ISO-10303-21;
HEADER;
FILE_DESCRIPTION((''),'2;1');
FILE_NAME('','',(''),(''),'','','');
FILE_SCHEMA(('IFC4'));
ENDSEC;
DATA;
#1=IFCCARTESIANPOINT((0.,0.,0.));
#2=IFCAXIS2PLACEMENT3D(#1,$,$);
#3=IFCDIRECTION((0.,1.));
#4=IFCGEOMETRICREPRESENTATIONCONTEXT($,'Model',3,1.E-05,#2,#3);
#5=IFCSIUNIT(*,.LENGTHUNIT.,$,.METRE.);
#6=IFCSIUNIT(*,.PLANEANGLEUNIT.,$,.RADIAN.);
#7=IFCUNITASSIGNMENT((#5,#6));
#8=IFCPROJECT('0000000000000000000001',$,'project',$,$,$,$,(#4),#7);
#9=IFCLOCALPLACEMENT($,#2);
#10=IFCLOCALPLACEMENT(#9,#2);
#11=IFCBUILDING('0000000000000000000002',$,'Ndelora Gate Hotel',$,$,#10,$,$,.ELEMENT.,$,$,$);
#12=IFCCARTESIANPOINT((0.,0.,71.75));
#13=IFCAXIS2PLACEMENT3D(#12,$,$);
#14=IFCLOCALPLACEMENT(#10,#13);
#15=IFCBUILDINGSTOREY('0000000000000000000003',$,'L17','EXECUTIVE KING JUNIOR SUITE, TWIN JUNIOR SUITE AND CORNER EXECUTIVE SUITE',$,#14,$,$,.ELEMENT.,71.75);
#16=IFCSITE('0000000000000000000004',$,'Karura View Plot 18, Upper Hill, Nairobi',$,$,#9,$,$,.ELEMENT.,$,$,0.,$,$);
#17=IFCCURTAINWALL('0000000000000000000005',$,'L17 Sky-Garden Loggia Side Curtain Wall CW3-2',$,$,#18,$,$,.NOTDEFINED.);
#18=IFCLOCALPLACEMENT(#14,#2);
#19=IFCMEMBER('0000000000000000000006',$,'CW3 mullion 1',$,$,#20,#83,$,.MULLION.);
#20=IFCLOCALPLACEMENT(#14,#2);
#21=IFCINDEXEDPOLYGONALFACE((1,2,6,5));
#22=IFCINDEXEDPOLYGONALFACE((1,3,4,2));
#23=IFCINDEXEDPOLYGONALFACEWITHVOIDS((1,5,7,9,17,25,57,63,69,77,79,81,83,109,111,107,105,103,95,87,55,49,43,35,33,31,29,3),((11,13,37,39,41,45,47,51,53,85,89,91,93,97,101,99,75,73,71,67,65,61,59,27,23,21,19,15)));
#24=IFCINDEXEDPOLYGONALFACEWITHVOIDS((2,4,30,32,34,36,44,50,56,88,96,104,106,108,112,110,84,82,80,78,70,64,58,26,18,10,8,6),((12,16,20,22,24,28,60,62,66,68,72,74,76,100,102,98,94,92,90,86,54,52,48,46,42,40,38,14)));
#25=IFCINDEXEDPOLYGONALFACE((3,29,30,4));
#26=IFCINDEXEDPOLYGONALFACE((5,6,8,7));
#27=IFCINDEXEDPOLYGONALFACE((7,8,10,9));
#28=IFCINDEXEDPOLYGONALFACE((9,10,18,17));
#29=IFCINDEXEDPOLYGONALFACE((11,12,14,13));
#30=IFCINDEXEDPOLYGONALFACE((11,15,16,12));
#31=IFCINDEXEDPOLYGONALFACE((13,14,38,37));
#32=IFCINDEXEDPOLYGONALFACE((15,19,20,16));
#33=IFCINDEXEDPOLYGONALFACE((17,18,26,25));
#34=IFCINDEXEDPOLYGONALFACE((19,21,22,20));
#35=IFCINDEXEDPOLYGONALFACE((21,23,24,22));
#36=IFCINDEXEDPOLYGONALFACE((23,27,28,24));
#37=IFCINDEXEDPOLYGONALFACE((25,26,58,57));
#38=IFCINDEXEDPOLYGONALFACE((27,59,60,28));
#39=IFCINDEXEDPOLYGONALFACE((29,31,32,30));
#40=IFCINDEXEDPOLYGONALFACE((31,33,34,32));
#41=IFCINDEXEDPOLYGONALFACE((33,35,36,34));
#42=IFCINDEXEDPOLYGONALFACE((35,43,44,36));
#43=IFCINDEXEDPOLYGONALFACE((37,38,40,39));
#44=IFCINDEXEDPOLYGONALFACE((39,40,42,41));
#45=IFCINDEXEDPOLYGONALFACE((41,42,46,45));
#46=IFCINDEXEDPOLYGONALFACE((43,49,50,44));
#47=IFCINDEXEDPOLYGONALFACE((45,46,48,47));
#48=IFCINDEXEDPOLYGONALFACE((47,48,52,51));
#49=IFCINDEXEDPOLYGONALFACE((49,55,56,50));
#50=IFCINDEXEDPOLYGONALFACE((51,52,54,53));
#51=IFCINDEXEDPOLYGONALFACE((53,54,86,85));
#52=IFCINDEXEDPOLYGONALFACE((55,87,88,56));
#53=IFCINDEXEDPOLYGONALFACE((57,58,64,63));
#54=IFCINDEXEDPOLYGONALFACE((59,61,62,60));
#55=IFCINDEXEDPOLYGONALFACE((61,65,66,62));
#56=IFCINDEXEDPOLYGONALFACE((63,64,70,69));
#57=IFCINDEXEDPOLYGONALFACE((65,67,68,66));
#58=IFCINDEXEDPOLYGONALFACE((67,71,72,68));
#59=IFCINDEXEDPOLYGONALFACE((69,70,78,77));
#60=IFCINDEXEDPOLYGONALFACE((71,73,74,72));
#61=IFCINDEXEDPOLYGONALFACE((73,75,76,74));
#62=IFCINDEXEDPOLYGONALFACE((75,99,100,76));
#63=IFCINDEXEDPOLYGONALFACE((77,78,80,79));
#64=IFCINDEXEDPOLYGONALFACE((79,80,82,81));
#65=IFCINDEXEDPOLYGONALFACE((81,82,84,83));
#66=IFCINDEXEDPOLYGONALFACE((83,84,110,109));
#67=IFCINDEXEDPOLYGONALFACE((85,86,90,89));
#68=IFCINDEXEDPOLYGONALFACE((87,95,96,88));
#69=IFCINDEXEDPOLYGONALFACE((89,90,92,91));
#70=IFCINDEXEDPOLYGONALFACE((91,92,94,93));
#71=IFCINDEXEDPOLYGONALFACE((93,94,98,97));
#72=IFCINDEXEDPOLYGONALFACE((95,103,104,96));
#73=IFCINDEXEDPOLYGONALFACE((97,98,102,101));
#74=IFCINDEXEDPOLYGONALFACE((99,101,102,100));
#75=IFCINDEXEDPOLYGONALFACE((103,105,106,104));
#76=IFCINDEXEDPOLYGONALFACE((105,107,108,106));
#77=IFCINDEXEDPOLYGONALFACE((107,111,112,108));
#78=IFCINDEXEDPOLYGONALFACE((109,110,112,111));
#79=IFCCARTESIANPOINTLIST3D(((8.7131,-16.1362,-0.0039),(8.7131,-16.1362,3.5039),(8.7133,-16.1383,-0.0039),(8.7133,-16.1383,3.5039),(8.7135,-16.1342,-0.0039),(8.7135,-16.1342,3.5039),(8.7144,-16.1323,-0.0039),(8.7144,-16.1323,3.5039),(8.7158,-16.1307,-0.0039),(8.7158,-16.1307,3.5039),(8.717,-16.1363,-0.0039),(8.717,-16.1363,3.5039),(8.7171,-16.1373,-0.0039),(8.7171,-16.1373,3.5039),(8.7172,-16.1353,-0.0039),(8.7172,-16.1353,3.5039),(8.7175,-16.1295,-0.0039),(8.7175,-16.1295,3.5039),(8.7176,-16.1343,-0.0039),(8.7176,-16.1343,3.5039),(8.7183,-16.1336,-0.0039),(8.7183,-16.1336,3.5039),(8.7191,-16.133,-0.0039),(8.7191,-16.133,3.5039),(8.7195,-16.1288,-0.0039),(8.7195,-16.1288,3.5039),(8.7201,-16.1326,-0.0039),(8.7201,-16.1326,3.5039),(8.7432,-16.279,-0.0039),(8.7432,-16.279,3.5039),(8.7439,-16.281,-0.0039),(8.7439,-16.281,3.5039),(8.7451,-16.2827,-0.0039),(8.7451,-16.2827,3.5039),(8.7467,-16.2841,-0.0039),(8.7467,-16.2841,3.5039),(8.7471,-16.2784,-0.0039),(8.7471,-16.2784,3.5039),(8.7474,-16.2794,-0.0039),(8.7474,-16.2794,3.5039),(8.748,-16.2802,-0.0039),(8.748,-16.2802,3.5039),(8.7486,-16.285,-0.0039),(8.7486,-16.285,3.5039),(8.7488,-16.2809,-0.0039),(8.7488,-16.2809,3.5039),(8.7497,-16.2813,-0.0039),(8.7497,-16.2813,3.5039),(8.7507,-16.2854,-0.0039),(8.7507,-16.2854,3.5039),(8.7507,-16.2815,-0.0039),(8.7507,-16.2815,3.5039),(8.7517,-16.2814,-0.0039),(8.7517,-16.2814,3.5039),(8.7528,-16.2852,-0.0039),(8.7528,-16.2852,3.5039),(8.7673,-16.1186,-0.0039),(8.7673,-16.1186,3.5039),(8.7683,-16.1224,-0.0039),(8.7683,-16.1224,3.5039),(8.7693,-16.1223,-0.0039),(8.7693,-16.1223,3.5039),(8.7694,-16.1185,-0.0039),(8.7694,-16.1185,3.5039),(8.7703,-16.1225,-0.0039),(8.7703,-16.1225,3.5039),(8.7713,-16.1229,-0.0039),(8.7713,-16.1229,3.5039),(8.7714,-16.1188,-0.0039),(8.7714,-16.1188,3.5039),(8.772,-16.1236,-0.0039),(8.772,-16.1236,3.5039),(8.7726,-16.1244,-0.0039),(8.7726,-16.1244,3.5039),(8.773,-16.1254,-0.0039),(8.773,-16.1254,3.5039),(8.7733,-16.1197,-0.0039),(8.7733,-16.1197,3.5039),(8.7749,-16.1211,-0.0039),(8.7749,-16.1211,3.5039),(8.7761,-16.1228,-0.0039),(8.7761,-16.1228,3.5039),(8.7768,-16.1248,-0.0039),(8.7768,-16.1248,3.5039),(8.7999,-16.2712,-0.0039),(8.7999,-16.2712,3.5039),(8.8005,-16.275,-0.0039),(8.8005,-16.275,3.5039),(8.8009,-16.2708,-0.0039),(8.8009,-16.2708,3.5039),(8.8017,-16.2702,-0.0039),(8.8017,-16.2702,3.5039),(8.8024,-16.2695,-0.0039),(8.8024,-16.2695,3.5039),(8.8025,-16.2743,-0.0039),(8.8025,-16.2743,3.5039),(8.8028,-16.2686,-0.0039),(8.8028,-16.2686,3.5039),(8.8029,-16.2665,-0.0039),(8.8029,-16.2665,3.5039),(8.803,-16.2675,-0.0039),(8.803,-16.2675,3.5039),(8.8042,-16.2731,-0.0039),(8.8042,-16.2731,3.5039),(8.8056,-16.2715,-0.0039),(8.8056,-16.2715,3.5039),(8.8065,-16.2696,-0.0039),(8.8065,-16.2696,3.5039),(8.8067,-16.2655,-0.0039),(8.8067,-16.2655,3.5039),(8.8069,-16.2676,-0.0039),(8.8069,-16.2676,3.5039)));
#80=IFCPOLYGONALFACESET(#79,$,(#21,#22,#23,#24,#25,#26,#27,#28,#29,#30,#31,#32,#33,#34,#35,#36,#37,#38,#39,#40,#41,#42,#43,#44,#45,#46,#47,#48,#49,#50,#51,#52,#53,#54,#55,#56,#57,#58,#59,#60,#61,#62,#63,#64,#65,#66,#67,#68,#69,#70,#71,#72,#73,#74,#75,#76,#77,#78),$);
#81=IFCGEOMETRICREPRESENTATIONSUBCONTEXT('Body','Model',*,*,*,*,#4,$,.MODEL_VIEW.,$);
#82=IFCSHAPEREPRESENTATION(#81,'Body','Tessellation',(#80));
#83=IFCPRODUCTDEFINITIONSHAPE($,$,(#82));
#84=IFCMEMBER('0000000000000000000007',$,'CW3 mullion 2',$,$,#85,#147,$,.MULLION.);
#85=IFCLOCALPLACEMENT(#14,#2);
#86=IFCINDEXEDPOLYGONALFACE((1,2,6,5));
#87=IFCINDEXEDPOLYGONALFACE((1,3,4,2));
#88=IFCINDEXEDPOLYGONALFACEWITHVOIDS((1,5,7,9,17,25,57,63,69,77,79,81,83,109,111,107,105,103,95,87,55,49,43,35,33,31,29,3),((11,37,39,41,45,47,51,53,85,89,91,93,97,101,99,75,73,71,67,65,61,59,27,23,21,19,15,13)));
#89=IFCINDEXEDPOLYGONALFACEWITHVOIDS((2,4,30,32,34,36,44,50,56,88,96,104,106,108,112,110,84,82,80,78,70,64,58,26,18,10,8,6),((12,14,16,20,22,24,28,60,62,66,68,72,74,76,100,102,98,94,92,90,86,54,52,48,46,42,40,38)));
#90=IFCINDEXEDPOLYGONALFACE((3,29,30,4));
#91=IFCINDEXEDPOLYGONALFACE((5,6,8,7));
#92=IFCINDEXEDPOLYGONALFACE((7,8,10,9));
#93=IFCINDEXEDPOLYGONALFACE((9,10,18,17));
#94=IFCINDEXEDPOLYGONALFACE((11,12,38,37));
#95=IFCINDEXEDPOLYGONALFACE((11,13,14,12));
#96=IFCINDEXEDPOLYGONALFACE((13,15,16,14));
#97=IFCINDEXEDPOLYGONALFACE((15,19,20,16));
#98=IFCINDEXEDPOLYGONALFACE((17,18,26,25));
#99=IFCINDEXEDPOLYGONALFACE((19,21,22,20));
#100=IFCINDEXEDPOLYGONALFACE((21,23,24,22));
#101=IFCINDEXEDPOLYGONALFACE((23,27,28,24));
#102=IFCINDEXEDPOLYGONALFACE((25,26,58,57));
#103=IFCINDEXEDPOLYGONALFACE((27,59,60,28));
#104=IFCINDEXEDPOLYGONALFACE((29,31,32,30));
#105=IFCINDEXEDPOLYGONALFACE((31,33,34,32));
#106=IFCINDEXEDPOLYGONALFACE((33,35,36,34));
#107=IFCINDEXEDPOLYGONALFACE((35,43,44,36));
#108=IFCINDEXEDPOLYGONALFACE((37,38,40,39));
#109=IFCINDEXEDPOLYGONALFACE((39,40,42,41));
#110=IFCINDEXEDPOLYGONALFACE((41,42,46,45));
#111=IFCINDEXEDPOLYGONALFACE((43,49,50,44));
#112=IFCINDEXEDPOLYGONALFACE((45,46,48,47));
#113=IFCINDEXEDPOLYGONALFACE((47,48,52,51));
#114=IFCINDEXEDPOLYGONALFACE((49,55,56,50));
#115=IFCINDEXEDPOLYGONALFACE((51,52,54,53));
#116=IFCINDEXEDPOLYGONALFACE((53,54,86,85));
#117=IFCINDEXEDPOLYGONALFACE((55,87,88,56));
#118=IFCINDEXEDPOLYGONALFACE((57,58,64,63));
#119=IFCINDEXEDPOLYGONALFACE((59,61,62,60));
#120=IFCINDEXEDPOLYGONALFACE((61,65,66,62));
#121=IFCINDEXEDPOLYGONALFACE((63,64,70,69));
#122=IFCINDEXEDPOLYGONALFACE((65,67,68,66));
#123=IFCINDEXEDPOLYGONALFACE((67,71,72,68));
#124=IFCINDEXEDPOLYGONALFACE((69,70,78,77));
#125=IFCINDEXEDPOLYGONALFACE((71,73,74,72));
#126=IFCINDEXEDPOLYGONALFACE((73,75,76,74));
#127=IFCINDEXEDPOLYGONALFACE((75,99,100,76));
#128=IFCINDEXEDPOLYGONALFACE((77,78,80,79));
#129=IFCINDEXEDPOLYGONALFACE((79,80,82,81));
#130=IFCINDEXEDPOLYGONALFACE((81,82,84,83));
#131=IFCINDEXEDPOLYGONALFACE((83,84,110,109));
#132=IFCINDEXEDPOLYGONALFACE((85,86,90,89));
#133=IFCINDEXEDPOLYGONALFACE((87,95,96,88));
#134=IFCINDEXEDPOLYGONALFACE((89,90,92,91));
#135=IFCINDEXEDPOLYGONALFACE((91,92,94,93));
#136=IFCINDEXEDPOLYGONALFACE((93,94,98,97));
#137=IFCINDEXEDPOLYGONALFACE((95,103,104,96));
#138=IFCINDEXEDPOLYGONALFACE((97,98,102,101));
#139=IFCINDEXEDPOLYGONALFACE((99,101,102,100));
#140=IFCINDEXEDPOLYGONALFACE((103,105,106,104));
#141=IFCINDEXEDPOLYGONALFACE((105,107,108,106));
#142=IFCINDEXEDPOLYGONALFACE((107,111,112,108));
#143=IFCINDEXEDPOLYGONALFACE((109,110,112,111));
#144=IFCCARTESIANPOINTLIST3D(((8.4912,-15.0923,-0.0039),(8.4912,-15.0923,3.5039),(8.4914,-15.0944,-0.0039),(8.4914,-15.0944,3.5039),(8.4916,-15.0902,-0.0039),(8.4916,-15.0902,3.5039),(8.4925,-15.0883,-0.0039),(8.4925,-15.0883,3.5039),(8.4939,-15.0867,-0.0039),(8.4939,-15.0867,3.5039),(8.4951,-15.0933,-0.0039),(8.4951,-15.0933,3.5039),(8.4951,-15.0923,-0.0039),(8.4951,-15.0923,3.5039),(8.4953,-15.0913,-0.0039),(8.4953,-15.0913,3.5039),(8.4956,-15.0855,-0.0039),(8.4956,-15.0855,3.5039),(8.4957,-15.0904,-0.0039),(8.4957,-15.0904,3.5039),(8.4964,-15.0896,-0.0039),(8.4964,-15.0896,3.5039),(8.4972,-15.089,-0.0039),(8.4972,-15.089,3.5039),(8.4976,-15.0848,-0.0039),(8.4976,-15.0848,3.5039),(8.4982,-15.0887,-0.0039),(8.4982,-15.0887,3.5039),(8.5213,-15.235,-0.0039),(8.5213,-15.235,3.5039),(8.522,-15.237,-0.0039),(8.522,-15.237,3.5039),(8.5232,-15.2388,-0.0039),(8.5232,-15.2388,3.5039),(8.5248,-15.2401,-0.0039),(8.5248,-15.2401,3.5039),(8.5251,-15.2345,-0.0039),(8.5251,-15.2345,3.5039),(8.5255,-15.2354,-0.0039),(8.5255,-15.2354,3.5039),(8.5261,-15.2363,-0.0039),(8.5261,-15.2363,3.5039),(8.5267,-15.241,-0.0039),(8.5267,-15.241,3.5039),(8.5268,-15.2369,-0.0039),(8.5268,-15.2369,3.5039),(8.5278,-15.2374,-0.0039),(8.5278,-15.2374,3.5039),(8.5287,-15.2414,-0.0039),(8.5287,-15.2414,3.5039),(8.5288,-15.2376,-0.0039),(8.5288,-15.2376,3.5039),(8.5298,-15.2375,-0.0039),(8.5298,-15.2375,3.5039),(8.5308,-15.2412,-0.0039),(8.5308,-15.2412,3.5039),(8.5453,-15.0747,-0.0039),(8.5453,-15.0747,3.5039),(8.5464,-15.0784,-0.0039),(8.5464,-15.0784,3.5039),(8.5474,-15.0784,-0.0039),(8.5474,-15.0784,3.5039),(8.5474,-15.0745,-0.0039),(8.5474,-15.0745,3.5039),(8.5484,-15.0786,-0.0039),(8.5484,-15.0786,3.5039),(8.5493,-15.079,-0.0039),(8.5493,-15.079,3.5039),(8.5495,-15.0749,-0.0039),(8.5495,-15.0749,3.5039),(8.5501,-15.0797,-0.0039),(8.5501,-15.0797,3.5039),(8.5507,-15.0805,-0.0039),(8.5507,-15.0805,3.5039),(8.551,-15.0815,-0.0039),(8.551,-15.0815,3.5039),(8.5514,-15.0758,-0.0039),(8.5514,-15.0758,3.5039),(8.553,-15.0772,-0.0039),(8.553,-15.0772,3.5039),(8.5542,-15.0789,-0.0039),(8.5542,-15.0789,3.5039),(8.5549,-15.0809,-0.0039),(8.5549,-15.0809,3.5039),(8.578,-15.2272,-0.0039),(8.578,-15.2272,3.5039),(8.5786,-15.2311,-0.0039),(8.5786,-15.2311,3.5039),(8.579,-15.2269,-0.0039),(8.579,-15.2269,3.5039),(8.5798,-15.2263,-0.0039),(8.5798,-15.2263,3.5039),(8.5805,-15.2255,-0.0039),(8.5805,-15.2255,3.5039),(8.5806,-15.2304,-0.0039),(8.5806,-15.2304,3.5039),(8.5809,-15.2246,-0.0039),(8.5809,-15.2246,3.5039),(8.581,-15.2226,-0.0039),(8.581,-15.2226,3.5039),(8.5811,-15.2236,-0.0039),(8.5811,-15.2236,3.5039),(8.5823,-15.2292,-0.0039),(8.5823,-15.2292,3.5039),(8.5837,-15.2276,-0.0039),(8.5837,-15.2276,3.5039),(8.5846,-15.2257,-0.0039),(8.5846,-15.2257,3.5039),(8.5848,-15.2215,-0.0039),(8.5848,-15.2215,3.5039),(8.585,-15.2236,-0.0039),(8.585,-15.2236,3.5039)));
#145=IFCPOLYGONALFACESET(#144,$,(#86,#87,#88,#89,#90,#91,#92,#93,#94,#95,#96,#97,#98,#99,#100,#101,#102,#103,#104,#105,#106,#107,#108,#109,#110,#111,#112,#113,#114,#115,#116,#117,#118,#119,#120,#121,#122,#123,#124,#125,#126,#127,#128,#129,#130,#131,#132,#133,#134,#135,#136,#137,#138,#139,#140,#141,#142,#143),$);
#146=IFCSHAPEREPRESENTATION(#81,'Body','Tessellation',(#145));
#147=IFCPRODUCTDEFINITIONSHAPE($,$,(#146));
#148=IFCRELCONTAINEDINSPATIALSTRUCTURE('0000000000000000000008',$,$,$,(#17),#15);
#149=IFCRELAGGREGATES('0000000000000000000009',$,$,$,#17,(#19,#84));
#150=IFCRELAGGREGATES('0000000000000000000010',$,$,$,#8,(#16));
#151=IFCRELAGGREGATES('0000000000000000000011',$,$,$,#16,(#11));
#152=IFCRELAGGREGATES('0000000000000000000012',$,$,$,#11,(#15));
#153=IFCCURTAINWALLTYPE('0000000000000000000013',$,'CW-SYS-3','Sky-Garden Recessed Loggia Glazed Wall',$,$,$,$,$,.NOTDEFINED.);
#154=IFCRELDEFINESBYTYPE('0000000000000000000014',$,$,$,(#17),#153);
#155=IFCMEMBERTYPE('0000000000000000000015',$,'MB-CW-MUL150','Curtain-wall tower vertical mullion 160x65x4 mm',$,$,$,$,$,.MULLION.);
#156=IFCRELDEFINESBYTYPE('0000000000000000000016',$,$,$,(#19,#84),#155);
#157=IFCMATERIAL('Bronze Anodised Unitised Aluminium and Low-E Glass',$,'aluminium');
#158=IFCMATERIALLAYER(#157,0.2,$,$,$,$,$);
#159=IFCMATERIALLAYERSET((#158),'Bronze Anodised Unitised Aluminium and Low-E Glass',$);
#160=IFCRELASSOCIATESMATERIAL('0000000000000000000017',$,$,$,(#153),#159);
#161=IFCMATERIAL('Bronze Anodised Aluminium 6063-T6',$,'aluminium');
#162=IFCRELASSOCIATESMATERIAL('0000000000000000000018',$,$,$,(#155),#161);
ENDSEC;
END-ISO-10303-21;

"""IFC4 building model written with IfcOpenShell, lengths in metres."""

from ifc_helpers import new_model, si_unit, direction, frame, origin, origin_2d, place, context, subcontext, project, spatial, hollow_rectangle, extrude, material, layer, layer_set, material_profile, profile_set, type_object, element, aggregate, save


model = new_model("IFC4")

# Units and contexts
model_context = context("Model", 3, precision=1e-05, world=origin(), true_north=direction((0.0, 1.0)))
body_context = subcontext(model_context, "Body", "Model", "MODEL_VIEW")
ifc_project = project(units=[si_unit("LENGTHUNIT", "METRE"), si_unit("PLANEANGLEUNIT", "RADIAN")], contexts=[model_context])

# Site, building, storey
site_placement = place(None, origin())
site = spatial("IfcSite", under=ifc_project, at=site_placement, Name="Karura View Plot 18, Upper Hill, Nairobi", CompositionType="ELEMENT", RefElevation=0.0)
building_placement = place(site_placement, origin())
building = spatial("IfcBuilding", under=site, at=building_placement, Name="Ndelora Gate Hotel", CompositionType="ELEMENT")
storey_placement = place(building_placement, frame((0.0, 0.0, 71.75)))
storey = spatial("IfcBuildingStorey", under=building, at=storey_placement, Name="L17", Description="EXECUTIVE KING JUNIOR SUITE, TWIN JUNIOR SUITE AND CORNER EXECUTIVE SUITE", CompositionType="ELEMENT", Elevation=71.75)

# Curtain wall, members
ifc_material_1 = material(Name="Bronze Anodised Unitised Aluminium and Low-E Glass", Category="aluminium")
ifc_layer_1 = layer(ifc_material_1, 0.2)
ifc_layer_set_1 = layer_set([ifc_layer_1], Name="Bronze Anodised Unitised Aluminium and Low-E Glass")
curtain_wall_type = type_object("IfcCurtainWallType", Name="CW-SYS-3", Description="Sky-Garden Recessed Loggia Glazed Wall", PredefinedType="NOTDEFINED", material=ifc_layer_set_1)
curtain_wall_placement = place(storey_placement, origin())
curtain_wall = element("IfcCurtainWall", 1, at=curtain_wall_placement, inside=storey, type_object=curtain_wall_type, Name="L17 Sky-Garden Loggia Side Curtain Wall CW3-2", PredefinedType="NOTDEFINED")
ifc_material_2 = material(Name="Bronze Anodised Aluminium 6063-T6", Category="aluminium")
ifc_material_profile_1 = material_profile(ifc_material_2, hollow_rectangle(XDim=0.0649, YDim=0.1599, WallThickness=0.0039, InnerFilletRadius=0.0039, OuterFilletRadius=0.0081, at=origin_2d()), Name="ALU 160x65x4")
ifc_profile_set_1 = profile_set([ifc_material_profile_1], Name="Bronze Anodised Aluminium 6063-T6")
member_type_1 = type_object("IfcMemberType", Name="MB-CW-MUL150", Description="Curtain-wall tower vertical mullion 160x65x4 mm", PredefinedType="MULLION", material=ifc_profile_set_1)
member_1_placement = place(storey_placement, frame((8.76, -16.2019, -0.0039), z_axis=(0.0, 0.0, 1.0), x_axis=(-0.978148, -0.207911, 0.0)))
member_1 = element("IfcMember", 2, at=member_1_placement, type_object=member_type_1, Name="CW3 mullion 1", PredefinedType="MULLION", context=body_context, shape_type="SweptSolid", body=[
    extrude(hollow_rectangle(XDim=0.0649, YDim=0.1599, WallThickness=0.0039, InnerFilletRadius=0.0039, OuterFilletRadius=0.0081, at=origin_2d()), origin(), (0.0, 0.0, 1.0), 3.5078),
])
member_2_placement = place(storey_placement, frame((8.5381, -15.158, -0.0039), z_axis=(0.0, 0.0, 1.0), x_axis=(-0.978148, -0.207911, 0.0)))
member_2 = element("IfcMember", 3, at=member_2_placement, type_object=member_type_1, Name="CW3 mullion 2", PredefinedType="MULLION", context=body_context, shape_type="SweptSolid", body=[
    extrude(hollow_rectangle(XDim=0.0649, YDim=0.1599, WallThickness=0.0039, InnerFilletRadius=0.0039, OuterFilletRadius=0.0081, at=origin_2d()), origin(), (0.0, 0.0, 1.0), 3.5078),
])
aggregate(curtain_wall, [member_1, member_2])

save(model, "model.ifc")
